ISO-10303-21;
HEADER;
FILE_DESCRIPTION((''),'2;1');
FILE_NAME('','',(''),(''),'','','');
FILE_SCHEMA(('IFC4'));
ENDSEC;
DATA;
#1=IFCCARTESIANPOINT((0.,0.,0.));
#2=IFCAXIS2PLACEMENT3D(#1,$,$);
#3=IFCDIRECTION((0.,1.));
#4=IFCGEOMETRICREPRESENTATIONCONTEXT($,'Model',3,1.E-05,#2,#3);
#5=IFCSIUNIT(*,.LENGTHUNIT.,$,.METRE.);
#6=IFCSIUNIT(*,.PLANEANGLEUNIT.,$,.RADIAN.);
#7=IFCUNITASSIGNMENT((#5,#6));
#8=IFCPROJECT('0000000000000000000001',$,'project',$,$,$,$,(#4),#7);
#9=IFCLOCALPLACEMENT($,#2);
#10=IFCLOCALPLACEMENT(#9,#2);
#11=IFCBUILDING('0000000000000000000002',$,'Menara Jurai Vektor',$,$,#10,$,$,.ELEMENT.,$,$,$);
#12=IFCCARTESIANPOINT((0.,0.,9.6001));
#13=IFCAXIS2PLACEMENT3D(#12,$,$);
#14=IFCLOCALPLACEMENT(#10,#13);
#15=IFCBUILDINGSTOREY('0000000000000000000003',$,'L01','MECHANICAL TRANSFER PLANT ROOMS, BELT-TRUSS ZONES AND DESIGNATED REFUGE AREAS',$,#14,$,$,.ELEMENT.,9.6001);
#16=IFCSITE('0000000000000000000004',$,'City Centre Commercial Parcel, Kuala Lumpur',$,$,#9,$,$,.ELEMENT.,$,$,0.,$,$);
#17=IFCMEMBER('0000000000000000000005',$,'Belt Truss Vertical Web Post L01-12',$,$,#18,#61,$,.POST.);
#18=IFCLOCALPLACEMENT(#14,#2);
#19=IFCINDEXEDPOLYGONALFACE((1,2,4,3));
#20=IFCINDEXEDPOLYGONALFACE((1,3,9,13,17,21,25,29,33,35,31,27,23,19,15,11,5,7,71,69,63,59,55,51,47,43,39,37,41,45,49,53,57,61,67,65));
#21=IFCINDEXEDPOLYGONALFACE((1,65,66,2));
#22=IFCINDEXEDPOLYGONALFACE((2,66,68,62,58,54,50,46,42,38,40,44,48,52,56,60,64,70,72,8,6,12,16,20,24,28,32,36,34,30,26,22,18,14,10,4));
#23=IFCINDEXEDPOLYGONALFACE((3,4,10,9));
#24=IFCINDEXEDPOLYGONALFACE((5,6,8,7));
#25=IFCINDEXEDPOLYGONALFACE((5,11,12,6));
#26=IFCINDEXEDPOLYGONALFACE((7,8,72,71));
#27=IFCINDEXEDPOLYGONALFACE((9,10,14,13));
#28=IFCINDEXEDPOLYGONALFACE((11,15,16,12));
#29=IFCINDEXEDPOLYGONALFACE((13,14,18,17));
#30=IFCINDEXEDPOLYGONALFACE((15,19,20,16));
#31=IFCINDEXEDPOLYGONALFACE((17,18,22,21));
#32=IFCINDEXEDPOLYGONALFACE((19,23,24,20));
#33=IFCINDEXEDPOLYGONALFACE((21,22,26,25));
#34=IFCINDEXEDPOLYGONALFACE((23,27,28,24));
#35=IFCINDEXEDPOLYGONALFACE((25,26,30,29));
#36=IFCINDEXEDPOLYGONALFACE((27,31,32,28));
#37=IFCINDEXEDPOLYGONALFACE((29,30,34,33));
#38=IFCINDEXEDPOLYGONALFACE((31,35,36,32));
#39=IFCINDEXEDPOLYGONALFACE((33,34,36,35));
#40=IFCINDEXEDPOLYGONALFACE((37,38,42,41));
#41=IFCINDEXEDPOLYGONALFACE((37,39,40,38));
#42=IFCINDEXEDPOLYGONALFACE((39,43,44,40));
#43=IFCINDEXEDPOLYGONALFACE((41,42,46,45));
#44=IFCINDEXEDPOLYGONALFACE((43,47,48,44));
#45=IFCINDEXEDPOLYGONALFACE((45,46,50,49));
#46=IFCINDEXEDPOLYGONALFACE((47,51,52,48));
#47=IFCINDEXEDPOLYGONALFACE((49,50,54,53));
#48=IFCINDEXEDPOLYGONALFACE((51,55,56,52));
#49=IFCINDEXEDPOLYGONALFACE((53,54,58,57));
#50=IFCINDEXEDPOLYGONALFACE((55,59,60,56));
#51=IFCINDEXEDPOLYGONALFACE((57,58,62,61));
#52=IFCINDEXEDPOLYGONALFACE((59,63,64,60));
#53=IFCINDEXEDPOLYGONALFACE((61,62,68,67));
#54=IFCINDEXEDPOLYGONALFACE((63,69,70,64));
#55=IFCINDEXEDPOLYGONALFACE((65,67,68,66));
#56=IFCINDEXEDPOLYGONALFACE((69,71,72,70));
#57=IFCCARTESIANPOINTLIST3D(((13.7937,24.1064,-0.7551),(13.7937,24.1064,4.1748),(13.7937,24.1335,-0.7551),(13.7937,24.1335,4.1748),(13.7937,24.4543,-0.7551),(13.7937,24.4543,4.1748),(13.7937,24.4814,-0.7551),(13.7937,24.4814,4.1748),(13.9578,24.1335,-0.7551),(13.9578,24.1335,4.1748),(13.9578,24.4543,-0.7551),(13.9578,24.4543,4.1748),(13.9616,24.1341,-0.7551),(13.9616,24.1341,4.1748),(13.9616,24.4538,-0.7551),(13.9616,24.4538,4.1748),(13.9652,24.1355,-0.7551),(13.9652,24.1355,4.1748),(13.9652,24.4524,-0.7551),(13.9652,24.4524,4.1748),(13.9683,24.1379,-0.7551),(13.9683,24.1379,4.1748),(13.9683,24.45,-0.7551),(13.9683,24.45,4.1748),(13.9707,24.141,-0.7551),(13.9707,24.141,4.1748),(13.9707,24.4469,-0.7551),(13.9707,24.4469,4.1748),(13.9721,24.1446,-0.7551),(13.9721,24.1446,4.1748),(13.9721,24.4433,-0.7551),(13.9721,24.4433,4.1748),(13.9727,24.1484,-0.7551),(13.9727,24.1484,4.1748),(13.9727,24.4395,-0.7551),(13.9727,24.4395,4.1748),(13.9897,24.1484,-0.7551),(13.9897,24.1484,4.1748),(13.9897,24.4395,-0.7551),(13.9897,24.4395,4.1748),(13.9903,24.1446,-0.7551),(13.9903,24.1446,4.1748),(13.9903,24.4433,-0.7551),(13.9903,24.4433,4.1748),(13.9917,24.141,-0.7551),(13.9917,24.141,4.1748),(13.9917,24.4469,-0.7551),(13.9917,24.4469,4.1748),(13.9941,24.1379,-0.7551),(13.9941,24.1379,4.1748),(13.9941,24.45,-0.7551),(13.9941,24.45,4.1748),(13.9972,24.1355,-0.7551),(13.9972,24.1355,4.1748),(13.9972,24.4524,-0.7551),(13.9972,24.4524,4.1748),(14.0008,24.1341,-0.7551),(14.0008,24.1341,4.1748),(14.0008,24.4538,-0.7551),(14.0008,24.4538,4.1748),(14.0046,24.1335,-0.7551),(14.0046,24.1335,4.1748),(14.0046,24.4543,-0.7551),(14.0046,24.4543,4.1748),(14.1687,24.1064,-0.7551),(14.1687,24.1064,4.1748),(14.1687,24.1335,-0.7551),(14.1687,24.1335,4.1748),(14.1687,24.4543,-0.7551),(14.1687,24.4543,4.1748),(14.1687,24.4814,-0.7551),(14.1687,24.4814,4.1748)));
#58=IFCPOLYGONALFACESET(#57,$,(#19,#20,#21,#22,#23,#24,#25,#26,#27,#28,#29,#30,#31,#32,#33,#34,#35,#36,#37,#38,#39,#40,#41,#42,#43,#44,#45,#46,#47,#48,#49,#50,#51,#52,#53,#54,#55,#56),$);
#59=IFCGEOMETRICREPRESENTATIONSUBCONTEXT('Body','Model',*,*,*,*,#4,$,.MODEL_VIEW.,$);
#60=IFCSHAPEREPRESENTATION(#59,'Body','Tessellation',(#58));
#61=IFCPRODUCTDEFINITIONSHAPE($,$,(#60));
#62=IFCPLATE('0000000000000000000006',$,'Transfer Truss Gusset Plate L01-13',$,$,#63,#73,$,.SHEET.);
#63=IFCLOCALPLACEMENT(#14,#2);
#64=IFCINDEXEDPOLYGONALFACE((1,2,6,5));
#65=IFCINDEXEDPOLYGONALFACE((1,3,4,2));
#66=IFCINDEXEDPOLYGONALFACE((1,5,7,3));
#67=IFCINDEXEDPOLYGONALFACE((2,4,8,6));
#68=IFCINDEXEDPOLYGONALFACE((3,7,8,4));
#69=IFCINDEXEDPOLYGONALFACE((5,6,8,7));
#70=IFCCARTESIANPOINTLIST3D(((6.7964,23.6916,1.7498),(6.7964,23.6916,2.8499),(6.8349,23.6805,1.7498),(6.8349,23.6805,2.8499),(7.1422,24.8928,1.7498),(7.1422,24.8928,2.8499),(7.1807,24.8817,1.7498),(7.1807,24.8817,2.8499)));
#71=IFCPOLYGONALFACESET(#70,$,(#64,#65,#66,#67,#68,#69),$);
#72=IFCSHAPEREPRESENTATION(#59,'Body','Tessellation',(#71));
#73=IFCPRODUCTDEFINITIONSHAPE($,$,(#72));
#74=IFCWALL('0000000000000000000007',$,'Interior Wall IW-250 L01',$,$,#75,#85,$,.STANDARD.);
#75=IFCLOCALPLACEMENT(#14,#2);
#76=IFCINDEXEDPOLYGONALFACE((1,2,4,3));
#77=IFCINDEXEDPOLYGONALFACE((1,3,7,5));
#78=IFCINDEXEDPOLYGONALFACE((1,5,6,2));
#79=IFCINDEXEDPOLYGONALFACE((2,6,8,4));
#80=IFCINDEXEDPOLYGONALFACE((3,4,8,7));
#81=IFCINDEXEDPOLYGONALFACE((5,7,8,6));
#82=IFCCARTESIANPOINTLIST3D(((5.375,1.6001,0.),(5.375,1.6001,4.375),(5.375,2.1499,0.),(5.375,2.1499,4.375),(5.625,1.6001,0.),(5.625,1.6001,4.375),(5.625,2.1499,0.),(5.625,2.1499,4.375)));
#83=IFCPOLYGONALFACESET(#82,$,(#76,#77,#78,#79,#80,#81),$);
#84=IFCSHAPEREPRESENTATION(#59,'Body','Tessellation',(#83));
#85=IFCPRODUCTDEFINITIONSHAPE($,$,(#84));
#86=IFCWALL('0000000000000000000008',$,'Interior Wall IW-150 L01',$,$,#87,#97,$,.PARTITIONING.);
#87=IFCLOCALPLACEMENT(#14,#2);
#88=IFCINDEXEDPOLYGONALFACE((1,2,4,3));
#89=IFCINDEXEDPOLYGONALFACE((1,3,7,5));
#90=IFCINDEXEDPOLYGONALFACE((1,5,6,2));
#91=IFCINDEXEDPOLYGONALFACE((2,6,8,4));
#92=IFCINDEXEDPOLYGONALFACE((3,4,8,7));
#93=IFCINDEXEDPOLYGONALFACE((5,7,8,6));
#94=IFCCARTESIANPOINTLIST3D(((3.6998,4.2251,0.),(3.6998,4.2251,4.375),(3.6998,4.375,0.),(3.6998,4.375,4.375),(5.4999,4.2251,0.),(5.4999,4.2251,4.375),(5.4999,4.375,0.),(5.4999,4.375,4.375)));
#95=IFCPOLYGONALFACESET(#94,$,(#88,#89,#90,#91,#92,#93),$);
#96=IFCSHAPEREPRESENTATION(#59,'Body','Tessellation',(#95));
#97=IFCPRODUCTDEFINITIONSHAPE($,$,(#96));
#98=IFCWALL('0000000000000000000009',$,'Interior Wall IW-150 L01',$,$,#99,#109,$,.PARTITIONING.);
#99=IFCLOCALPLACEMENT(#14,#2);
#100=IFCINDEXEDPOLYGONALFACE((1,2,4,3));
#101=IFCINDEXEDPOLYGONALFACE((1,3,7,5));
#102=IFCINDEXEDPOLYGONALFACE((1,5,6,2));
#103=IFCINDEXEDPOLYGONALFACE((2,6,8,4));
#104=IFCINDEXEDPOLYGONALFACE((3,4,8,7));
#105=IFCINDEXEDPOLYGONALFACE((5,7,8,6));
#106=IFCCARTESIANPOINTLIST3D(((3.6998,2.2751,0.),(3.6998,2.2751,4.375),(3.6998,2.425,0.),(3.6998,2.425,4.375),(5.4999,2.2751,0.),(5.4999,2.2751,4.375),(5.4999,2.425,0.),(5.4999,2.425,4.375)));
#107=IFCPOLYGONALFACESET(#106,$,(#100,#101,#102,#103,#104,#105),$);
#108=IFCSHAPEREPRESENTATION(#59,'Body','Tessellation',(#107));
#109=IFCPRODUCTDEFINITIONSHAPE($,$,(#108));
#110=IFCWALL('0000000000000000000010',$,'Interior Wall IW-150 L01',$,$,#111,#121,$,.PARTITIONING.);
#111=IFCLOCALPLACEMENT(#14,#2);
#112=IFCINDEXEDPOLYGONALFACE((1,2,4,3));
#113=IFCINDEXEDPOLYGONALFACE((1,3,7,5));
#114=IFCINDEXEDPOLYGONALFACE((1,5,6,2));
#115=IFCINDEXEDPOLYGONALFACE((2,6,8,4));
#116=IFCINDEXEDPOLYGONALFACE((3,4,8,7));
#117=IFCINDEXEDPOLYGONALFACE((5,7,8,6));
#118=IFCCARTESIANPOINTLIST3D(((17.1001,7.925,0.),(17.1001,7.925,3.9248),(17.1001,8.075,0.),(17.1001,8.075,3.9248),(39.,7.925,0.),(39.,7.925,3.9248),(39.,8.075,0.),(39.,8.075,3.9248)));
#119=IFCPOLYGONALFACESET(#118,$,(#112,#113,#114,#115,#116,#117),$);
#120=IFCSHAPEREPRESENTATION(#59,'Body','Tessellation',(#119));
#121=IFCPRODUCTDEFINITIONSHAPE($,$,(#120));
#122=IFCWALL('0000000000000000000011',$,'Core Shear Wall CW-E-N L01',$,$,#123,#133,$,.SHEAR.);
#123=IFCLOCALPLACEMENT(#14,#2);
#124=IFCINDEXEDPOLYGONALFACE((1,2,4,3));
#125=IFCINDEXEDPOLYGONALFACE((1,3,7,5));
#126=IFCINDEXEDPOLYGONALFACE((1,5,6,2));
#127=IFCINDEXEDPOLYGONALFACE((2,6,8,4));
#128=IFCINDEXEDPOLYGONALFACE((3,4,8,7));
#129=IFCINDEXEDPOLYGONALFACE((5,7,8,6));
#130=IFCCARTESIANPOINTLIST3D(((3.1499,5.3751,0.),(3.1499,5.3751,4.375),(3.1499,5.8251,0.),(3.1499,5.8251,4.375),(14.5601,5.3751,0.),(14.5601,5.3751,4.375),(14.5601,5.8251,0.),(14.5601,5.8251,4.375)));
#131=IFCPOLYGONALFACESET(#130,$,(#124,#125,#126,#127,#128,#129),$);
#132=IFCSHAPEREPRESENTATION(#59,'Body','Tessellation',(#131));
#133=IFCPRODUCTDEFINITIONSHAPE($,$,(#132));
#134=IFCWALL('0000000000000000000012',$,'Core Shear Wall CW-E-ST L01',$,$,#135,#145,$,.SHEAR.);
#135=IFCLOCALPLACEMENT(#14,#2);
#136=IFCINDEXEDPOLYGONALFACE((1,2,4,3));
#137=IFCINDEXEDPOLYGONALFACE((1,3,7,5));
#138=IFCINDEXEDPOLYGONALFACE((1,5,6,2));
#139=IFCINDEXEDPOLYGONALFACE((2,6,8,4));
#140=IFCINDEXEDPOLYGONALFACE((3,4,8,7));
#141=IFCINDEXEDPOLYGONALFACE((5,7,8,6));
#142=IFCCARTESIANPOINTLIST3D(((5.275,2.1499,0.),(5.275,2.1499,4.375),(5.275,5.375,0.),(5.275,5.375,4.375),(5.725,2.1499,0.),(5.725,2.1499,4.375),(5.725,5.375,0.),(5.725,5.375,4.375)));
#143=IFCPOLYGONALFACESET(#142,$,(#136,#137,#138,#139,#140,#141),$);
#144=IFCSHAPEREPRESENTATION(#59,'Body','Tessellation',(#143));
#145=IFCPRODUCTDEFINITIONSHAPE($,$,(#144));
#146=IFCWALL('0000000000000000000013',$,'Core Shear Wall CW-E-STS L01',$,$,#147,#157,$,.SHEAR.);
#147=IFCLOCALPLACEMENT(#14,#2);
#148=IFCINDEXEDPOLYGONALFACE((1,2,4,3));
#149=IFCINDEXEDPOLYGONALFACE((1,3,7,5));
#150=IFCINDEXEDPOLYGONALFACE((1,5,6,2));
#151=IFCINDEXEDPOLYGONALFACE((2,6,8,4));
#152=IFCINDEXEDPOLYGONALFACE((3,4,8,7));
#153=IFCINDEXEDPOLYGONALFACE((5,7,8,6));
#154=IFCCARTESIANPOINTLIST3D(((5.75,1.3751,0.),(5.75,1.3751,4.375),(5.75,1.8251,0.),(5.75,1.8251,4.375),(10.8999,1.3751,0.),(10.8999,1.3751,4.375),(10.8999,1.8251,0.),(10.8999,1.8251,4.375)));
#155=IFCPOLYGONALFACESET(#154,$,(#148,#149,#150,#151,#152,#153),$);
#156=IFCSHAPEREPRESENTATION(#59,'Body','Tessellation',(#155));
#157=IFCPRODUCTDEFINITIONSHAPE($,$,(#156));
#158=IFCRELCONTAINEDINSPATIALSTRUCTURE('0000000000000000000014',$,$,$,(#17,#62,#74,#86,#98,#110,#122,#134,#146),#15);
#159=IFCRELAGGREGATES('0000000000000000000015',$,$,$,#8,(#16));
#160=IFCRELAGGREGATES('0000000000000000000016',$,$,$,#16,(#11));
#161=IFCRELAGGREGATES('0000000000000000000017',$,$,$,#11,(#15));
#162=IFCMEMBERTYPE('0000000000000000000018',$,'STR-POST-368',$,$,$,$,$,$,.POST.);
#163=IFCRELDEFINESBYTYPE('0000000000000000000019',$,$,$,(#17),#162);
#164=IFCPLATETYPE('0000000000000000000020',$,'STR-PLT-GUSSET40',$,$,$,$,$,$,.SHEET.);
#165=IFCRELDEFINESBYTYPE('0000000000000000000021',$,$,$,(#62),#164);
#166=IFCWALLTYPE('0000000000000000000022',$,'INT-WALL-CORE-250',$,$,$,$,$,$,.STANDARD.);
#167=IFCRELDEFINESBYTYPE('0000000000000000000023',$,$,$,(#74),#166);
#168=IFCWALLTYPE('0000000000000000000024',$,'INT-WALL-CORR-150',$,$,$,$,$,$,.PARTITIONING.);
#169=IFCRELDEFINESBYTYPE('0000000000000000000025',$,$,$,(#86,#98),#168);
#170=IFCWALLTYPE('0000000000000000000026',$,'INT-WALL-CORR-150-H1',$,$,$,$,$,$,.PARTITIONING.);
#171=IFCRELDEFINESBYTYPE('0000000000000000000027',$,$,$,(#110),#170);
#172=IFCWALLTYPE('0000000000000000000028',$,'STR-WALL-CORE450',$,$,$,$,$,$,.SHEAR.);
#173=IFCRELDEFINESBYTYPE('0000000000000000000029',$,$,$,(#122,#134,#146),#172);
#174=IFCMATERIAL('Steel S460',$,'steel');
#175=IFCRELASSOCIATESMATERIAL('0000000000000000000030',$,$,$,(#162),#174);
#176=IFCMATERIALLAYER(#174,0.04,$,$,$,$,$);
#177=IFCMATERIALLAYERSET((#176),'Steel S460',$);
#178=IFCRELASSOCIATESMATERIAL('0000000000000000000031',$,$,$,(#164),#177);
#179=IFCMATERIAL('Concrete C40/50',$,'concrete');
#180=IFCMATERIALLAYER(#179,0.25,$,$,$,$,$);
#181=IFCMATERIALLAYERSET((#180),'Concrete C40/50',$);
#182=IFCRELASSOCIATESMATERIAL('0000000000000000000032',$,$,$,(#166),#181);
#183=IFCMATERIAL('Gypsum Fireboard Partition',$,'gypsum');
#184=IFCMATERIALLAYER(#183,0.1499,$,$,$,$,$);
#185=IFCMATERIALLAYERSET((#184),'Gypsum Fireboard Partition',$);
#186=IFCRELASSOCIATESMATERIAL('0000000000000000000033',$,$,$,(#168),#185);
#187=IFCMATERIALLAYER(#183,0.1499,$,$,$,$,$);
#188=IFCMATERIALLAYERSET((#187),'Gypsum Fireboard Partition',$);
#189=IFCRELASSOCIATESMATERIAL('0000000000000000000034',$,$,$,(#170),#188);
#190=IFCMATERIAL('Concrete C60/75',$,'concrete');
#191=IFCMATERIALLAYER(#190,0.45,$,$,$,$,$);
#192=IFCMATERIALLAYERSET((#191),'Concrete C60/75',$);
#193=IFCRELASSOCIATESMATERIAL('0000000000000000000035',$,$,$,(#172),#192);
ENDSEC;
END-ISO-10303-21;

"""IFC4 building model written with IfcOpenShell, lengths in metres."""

from ifc_helpers import new_model, si_unit, direction, frame, frame_2d, origin, origin_2d, place, context, subcontext, project, spatial, rectangle, i_section, extrude, material, layer, layer_set, material_profile, profile_set, type_object, element, save


model = new_model("IFC4")

# Units and contexts
model_context = context("Model", 3, precision=1e-05, world=origin(), true_north=direction((0.0, 1.0)))
body_context = subcontext(model_context, "Body", "Model", "MODEL_VIEW")
ifc_project = project(units=[si_unit("LENGTHUNIT", "METRE"), si_unit("PLANEANGLEUNIT", "RADIAN")], contexts=[model_context])

# Site, building, storey
site_placement = place(None, origin())
site = spatial("IfcSite", under=ifc_project, at=site_placement, Name="City Centre Commercial Parcel, Kuala Lumpur", CompositionType="ELEMENT", RefElevation=0.0)
building_placement = place(site_placement, origin())
building = spatial("IfcBuilding", under=site, at=building_placement, Name="Menara Jurai Vektor", CompositionType="ELEMENT")
storey_placement = place(building_placement, frame((0.0, 0.0, 9.6001)))
storey = spatial("IfcBuildingStorey", under=building, at=storey_placement, Name="L01", Description="MECHANICAL TRANSFER PLANT ROOMS, BELT-TRUSS ZONES AND DESIGNATED REFUGE AREAS", CompositionType="ELEMENT", Elevation=9.6001)

# Shared definitions
ifc_material_1 = material(Name="Concrete C60/75", Category="concrete")
ifc_material_2 = material(Name="Steel S460", Category="steel")

# Member
ifc_material_profile_1 = material_profile(ifc_material_2, i_section(OverallWidth=0.375, OverallDepth=0.375, WebThickness=0.0171, FlangeThickness=0.0271, FilletRadius=0.0149, at=origin_2d()), Name="UKC 356x368x202")
ifc_profile_set_1 = profile_set([ifc_material_profile_1], Name="Steel S460")
member_type_1 = type_object("IfcMemberType", Name="STR-POST-368", PredefinedType="POST", material=ifc_profile_set_1)
member_1_placement = place(storey_placement, frame((13.9812, 24.2939, -0.7551), z_axis=(0.0, 0.0, 1.0), x_axis=(1.0, 0.0, 0.0)))
element("IfcMember", 1, at=member_1_placement, inside=storey, type_object=member_type_1, Name="Belt Truss Vertical Web Post L01-12", PredefinedType="POST", context=body_context, shape_type="SweptSolid", body=[
    extrude(i_section(OverallWidth=0.375, OverallDepth=0.375, WebThickness=0.0171, FlangeThickness=0.0271, FilletRadius=0.0149, at=origin_2d()), origin(), (0.0, 0.0, 1.0), 4.9299),
])

# Plate
ifc_layer_1 = layer(ifc_material_2, 0.04)
ifc_layer_set_1 = layer_set([ifc_layer_1], Name="Steel S460")
plate_type = type_object("IfcPlateType", Name="STR-PLT-GUSSET40", PredefinedType="SHEET", material=ifc_layer_set_1)
plate_placement = place(storey_placement, frame((6.9885, 24.2866, 1.7498), z_axis=(0.0, 0.0, 1.0), x_axis=(-0.276644, -0.960973, 0.0)))
element("IfcPlate", 2, at=plate_placement, inside=storey, type_object=plate_type, Name="Transfer Truss Gusset Plate L01-13", PredefinedType="SHEET", context=body_context, shape_type="SweptSolid", body=[
    extrude(rectangle(XDim=1.25, YDim=0.04, at=origin_2d()), origin(), (0.0, 0.0, 1.0), 1.1001),
])

# Shared definitions
ifc_material_3 = material(Name="Concrete C40/50", Category="concrete")
ifc_layer_2 = layer(ifc_material_3, 0.25)
ifc_layer_set_2 = layer_set([ifc_layer_2], Name="Concrete C40/50")
wall_type_1 = type_object("IfcWallType", Name="INT-WALL-CORE-250", PredefinedType="STANDARD", material=ifc_layer_set_2)

# Walls
wall_1_placement = place(storey_placement, frame((5.5, 1.6001, 0.0), z_axis=(0.0, 0.0, 1.0), x_axis=(0.0, 1.0, 0.0)))
element("IfcWall", 3, at=wall_1_placement, inside=storey, type_object=wall_type_1, Name="Interior Wall IW-250 L01", PredefinedType="STANDARD", context=body_context, shape_type="SweptSolid", body=[
    extrude(rectangle(XDim=0.5498, YDim=0.25, at=frame_2d((0.2749, 0.0))), origin(), (0.0, 0.0, 1.0), 4.375),
])
ifc_material_4 = material(Name="Gypsum Fireboard Partition", Category="gypsum")
ifc_layer_3 = layer(ifc_material_4, 0.1499)
ifc_layer_set_3 = layer_set([ifc_layer_3], Name="Gypsum Fireboard Partition")
wall_type_2 = type_object("IfcWallType", Name="INT-WALL-CORR-150", PredefinedType="PARTITIONING", material=ifc_layer_set_3)
for number, where, z_axis, x_axis, name in (
    (4, (3.7, 4.3, 0.0), (0.0, 0.0, 1.0), (1.0, 0.0, 0.0), "Interior Wall IW-150 L01"),
    (5, (3.7, 2.3501, 0.0), (0.0, 0.0, 1.0), (1.0, 0.0, 0.0), "Interior Wall IW-150 L01"),
):
    element("IfcWall", number, at=place(storey_placement, frame(where, z_axis=z_axis, x_axis=x_axis)), inside=storey, type_object=wall_type_2, Name=name, PredefinedType="PARTITIONING", context=body_context, shape_type="SweptSolid", body=[
        extrude(rectangle(XDim=1.8, YDim=0.1499, at=frame_2d((0.8999, 0.0))), origin(), (0.0, 0.0, 1.0), 4.375),
    ])
ifc_layer_4 = layer(ifc_material_4, 0.1499)
ifc_layer_set_4 = layer_set([ifc_layer_4], Name="Gypsum Fireboard Partition")
wall_type_3 = type_object("IfcWallType", Name="INT-WALL-CORR-150-H1", PredefinedType="PARTITIONING", material=ifc_layer_set_4)
wall_2_placement = place(storey_placement, frame((17.1001, 8.0, 0.0), z_axis=(0.0, 0.0, 1.0), x_axis=(1.0, 0.0, 0.0)))
element("IfcWall", 6, at=wall_2_placement, inside=storey, type_object=wall_type_3, Name="Interior Wall IW-150 L01", PredefinedType="PARTITIONING", context=body_context, shape_type="SweptSolid", body=[
    extrude(rectangle(XDim=21.8999, YDim=0.1499, at=frame_2d((10.95, 0.0))), origin(), (0.0, 0.0, 1.0), 3.9248),
])
ifc_layer_5 = layer(ifc_material_1, 0.45)
ifc_layer_set_5 = layer_set([ifc_layer_5], Name="Concrete C60/75")
wall_type_4 = type_object("IfcWallType", Name="STR-WALL-CORE450", PredefinedType="SHEAR", material=ifc_layer_set_5)
wall_3_placement = place(storey_placement, frame((3.1499, 5.6001, 0.0), z_axis=(0.0, 0.0, 1.0), x_axis=(1.0, 0.0, 0.0)))
element("IfcWall", 7, at=wall_3_placement, inside=storey, type_object=wall_type_4, Name="Core Shear Wall CW-E-N L01", PredefinedType="SHEAR", context=body_context, shape_type="SweptSolid", body=[
    extrude(rectangle(XDim=11.4102, YDim=0.45, at=frame_2d((5.7051, 0.0))), origin(), (0.0, 0.0, 1.0), 4.375),
])
wall_4_placement = place(storey_placement, frame((5.5, 2.1499, 0.0), z_axis=(0.0, 0.0, 1.0), x_axis=(0.0, 1.0, 0.0)))
element("IfcWall", 8, at=wall_4_placement, inside=storey, type_object=wall_type_4, Name="Core Shear Wall CW-E-ST L01", PredefinedType="SHEAR", context=body_context, shape_type="SweptSolid", body=[
    extrude(rectangle(XDim=3.2251, YDim=0.45, at=frame_2d((1.6125, 0.0))), origin(), (0.0, 0.0, 1.0), 4.375),
])
wall_5_placement = place(storey_placement, frame((5.75, 1.6001, 0.0), z_axis=(0.0, 0.0, 1.0), x_axis=(1.0, 0.0, 0.0)))
element("IfcWall", 9, at=wall_5_placement, inside=storey, type_object=wall_type_4, Name="Core Shear Wall CW-E-STS L01", PredefinedType="SHEAR", context=body_context, shape_type="SweptSolid", body=[
    extrude(rectangle(XDim=5.1499, YDim=0.45, at=frame_2d((2.575, 0.0))), origin(), (0.0, 0.0, 1.0), 4.375),
])

save(model, "model.ifc")
